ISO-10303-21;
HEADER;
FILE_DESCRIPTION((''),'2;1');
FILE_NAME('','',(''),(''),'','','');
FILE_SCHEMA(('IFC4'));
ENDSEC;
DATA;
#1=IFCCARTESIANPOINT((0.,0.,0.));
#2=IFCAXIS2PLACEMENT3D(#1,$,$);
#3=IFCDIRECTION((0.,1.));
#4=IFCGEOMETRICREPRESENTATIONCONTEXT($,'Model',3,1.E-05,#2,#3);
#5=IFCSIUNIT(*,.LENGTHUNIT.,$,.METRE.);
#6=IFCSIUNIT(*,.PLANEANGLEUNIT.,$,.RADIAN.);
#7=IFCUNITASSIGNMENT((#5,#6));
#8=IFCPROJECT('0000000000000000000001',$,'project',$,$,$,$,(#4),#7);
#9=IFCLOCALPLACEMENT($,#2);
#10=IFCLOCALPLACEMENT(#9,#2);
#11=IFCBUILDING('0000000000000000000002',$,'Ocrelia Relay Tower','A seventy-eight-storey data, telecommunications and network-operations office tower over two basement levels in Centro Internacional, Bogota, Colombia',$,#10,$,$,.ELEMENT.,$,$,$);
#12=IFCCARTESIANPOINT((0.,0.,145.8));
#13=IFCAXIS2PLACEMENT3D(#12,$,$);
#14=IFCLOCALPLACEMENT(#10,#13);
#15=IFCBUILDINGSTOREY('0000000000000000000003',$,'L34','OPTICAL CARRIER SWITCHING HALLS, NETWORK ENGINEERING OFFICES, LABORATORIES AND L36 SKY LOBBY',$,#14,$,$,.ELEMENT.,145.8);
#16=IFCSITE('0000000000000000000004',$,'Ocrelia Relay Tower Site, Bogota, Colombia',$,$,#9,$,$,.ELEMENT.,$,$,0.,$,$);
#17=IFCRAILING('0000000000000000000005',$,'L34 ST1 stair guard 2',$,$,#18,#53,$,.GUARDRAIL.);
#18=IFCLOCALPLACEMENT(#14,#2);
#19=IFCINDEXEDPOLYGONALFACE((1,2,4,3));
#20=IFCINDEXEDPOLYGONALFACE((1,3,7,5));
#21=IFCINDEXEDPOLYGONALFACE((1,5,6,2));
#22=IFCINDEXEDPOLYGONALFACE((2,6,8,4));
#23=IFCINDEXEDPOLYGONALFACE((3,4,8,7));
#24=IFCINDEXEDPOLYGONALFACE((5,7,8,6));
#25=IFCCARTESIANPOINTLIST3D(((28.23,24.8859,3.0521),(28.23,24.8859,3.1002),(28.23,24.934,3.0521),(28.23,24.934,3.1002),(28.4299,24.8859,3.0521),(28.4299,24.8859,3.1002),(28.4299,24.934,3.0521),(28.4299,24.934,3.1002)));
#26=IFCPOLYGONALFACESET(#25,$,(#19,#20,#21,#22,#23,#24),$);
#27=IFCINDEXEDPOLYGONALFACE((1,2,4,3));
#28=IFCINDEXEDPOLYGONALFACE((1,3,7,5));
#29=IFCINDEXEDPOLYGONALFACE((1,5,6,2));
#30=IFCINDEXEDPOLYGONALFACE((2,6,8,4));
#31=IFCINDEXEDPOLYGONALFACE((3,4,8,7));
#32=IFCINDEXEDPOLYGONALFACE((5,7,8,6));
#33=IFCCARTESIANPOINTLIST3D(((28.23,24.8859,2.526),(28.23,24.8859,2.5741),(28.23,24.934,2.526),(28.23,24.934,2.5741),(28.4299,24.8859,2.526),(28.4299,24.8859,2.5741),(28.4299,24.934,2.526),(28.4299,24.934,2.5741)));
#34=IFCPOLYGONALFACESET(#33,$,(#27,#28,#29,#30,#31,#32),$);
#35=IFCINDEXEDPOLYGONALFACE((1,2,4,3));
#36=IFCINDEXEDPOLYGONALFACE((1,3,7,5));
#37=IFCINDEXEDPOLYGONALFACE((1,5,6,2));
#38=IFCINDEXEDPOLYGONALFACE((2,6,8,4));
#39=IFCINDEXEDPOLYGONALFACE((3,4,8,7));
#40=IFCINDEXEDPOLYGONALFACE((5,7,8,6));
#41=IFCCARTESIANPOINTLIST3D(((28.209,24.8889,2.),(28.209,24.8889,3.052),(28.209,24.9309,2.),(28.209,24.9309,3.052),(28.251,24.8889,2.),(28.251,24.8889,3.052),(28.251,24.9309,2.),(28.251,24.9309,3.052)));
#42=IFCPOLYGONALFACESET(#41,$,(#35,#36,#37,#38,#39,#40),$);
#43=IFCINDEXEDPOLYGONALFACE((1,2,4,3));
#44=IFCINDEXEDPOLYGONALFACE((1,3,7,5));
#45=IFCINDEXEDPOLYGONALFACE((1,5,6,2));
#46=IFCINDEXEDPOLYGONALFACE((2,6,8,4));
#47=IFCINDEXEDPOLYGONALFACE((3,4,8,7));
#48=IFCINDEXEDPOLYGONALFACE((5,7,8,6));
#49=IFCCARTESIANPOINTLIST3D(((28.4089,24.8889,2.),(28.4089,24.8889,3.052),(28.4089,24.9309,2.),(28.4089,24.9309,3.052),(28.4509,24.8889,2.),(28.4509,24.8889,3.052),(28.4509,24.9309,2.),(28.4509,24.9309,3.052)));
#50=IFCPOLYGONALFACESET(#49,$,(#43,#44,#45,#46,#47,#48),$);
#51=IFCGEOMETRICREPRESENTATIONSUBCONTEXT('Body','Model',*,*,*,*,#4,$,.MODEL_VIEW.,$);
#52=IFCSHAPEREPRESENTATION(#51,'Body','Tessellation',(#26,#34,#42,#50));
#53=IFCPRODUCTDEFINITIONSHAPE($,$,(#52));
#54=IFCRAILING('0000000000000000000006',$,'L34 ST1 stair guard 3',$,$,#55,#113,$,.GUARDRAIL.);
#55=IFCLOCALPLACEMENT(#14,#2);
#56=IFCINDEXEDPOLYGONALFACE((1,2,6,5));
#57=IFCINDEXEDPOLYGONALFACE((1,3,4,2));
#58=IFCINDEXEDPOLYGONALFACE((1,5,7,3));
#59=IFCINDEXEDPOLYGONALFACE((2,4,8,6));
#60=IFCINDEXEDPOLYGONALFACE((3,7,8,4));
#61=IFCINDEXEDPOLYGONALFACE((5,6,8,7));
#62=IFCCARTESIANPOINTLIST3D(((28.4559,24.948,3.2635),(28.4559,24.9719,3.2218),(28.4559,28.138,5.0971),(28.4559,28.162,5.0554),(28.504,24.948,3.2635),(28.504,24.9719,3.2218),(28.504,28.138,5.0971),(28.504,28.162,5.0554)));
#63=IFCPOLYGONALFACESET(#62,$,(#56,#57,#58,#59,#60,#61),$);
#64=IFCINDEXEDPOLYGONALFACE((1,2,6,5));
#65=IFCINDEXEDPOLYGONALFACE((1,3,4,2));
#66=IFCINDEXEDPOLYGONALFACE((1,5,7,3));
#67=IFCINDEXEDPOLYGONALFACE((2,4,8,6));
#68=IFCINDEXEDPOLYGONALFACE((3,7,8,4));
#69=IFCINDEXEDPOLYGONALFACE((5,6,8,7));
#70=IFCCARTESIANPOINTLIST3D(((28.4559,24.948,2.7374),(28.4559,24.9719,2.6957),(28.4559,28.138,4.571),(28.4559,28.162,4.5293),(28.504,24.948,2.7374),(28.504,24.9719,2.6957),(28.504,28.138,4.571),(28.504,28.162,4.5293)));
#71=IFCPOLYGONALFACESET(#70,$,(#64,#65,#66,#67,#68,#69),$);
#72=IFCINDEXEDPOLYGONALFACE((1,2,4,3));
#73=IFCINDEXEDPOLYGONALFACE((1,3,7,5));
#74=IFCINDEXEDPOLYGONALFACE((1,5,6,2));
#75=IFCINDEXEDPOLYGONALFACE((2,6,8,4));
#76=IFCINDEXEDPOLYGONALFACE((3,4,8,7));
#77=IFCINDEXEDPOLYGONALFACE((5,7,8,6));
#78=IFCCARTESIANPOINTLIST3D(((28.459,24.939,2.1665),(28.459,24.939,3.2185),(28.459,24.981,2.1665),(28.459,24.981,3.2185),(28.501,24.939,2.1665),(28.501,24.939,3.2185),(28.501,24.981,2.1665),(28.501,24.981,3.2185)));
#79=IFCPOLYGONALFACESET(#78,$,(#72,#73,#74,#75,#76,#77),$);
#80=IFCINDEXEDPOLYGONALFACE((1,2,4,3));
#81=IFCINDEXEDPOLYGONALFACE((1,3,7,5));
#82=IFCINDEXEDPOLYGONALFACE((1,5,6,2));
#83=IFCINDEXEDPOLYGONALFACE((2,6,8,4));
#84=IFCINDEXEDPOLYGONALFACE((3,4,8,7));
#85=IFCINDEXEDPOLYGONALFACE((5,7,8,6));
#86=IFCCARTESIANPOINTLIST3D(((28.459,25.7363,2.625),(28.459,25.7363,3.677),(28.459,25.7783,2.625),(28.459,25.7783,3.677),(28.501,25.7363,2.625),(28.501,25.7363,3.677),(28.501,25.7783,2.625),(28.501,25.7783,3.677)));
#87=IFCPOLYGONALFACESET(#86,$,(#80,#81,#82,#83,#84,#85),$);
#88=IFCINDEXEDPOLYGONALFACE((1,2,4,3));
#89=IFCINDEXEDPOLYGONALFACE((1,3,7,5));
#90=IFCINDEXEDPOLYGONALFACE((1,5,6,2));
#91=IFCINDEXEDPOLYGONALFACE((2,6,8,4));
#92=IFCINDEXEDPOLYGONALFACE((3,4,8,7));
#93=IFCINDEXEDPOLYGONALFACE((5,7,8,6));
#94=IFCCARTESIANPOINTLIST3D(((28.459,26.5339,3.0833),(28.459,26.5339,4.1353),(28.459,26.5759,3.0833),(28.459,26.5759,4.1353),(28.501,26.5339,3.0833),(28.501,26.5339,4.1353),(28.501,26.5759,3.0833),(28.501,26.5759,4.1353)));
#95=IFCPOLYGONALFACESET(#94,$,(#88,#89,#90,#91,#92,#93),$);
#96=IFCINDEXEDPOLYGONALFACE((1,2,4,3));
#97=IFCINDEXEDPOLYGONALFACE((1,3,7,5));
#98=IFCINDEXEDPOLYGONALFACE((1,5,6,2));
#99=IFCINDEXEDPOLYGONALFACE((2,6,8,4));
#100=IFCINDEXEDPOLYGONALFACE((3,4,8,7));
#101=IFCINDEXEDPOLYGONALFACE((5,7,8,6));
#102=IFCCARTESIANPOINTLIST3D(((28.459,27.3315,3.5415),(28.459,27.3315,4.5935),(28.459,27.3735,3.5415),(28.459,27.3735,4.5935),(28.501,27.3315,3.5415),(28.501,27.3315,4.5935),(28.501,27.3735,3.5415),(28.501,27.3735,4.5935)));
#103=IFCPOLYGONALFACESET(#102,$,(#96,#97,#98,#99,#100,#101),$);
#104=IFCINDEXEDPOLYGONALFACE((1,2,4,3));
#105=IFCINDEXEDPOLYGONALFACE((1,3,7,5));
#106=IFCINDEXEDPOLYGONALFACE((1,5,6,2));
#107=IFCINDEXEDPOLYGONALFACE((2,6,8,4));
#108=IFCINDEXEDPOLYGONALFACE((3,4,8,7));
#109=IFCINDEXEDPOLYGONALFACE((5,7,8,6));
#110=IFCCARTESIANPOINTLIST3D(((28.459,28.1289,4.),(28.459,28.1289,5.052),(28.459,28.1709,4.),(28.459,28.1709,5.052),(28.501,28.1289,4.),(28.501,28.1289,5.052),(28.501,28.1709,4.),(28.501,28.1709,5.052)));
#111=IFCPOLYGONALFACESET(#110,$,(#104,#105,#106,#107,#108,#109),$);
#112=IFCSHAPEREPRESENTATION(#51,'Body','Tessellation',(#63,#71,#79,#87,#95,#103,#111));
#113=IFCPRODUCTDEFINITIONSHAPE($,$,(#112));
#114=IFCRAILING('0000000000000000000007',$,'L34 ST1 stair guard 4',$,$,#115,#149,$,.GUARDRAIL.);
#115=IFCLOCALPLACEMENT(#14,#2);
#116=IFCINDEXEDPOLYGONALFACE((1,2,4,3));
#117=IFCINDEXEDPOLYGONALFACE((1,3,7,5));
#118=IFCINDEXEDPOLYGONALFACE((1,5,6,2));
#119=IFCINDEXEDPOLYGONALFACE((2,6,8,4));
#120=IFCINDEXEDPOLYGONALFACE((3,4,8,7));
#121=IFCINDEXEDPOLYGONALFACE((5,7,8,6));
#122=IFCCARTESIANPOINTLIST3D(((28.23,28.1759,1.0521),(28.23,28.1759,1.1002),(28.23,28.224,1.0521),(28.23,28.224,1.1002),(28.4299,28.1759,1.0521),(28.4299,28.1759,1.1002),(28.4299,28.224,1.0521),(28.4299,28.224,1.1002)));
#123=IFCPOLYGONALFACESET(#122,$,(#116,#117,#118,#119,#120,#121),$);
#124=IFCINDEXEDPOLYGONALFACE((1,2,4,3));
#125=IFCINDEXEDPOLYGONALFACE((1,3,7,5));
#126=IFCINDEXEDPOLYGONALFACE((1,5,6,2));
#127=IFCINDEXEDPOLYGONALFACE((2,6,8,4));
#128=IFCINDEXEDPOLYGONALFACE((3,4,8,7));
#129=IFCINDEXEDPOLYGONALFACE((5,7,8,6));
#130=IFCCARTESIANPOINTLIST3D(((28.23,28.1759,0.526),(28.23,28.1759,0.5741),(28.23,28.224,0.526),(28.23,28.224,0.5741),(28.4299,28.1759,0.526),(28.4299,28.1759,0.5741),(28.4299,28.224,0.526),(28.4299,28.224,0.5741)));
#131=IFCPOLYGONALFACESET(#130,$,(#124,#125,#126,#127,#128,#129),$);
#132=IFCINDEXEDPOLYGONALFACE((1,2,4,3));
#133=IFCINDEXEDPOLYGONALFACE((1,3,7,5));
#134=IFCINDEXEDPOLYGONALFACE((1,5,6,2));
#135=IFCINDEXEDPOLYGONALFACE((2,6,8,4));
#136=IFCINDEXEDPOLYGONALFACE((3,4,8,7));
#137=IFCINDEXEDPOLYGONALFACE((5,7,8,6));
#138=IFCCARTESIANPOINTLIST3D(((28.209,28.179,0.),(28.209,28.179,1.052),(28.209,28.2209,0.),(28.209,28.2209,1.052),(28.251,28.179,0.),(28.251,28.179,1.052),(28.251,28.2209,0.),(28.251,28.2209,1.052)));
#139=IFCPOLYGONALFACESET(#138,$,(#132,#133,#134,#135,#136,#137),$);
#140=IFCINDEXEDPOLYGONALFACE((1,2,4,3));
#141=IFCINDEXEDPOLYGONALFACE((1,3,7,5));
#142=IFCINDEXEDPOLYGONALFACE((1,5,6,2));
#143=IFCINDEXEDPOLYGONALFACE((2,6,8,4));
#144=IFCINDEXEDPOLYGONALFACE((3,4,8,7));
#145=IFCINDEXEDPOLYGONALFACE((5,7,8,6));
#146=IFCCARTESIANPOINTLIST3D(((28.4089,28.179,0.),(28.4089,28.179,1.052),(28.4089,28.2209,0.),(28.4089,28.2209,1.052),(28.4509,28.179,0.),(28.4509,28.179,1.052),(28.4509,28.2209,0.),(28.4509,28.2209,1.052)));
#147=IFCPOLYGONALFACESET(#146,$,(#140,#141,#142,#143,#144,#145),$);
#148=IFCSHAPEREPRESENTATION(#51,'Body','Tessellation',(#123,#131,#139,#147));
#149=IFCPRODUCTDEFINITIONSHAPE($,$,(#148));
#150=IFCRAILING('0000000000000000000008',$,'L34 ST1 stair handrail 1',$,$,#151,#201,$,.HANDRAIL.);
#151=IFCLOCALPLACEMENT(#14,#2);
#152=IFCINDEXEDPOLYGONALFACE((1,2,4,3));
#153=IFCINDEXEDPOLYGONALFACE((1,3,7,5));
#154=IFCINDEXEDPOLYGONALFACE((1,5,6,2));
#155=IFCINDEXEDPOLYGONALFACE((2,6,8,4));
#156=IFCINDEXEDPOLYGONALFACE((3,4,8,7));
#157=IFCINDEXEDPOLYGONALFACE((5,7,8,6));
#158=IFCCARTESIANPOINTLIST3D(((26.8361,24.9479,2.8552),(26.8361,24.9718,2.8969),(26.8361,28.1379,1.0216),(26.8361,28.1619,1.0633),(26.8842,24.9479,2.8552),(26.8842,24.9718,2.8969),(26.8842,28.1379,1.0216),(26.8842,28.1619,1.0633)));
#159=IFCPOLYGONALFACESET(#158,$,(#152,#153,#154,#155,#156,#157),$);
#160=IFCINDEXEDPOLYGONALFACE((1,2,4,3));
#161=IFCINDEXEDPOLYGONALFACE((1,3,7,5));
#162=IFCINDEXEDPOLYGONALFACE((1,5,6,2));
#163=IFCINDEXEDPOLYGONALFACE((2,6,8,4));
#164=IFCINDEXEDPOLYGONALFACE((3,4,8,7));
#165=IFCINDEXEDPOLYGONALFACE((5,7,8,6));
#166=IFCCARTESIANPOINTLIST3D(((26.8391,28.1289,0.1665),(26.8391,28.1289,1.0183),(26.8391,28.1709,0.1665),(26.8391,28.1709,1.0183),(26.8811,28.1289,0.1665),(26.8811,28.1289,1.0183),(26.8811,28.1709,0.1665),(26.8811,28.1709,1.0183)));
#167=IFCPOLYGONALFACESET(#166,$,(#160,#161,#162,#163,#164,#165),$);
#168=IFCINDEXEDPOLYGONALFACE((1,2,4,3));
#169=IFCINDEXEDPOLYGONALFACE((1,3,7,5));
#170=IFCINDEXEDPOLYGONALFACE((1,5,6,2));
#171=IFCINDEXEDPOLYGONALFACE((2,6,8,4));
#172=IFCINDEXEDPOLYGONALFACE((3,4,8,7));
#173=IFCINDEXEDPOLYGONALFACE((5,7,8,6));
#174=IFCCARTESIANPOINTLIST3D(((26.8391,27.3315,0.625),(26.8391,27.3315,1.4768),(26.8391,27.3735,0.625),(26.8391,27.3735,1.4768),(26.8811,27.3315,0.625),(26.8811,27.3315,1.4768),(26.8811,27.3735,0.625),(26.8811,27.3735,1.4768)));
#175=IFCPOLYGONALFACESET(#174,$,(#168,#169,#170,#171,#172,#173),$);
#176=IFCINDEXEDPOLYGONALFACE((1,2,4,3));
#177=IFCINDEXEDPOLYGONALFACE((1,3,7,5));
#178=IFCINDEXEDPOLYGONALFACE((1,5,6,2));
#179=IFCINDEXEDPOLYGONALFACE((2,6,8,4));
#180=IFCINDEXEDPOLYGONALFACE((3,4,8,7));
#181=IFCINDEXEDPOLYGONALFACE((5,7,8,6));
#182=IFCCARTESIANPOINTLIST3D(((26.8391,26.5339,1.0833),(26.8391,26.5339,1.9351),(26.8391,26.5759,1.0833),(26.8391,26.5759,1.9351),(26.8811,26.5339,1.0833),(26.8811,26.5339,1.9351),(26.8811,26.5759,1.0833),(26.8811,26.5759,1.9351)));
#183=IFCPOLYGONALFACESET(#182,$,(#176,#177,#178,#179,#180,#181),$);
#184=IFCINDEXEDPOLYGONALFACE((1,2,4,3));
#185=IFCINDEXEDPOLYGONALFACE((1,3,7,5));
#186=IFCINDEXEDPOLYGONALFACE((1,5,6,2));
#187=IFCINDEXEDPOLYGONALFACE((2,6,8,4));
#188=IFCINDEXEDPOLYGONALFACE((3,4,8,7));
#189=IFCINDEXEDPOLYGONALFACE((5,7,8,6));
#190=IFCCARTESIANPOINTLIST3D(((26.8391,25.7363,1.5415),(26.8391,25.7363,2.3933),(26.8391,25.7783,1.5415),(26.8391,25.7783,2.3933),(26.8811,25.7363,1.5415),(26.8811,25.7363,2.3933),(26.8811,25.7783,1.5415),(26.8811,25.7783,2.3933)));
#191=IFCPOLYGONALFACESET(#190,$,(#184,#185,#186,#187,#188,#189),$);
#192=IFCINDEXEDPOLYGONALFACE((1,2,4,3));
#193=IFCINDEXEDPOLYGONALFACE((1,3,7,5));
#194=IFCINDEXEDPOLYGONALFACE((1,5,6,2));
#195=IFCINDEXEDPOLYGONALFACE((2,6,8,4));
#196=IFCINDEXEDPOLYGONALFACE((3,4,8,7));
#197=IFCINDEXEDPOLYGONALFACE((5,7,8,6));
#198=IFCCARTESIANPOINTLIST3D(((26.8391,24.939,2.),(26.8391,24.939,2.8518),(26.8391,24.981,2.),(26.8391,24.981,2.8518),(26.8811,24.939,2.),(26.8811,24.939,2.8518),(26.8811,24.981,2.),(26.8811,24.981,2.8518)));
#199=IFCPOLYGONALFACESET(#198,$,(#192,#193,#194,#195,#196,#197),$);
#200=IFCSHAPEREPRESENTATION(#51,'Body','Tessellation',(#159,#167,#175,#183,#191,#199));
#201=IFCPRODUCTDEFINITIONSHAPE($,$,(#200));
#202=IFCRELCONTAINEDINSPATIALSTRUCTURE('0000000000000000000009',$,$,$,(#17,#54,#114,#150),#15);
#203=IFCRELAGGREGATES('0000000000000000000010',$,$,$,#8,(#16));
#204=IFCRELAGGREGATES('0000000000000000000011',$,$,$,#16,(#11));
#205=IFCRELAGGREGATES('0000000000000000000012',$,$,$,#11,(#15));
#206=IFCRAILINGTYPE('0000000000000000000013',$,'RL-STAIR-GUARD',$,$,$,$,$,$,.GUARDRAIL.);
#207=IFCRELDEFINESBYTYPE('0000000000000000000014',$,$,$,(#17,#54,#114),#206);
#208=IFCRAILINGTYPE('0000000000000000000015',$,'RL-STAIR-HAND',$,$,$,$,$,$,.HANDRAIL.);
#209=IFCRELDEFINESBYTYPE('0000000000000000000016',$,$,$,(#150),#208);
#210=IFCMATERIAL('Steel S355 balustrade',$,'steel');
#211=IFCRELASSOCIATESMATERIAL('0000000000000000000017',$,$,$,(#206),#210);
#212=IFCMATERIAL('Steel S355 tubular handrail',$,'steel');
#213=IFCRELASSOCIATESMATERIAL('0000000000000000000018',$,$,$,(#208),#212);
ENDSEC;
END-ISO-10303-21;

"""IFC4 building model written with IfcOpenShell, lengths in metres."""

from ifc_helpers import new_model, si_unit, direction, frame, origin, origin_2d, place, context, subcontext, project, spatial, rectangle, extrude, material, type_object, element, save


model = new_model("IFC4")

# Units and contexts
model_context = context("Model", 3, precision=1e-05, world=origin(), true_north=direction((0.0, 1.0)))
body_context = subcontext(model_context, "Body", "Model", "MODEL_VIEW")
ifc_project = project(units=[si_unit("LENGTHUNIT", "METRE"), si_unit("PLANEANGLEUNIT", "RADIAN")], contexts=[model_context])

# Site, building, storey
site_placement = place(None, origin())
site = spatial("IfcSite", under=ifc_project, at=site_placement, Name="Ocrelia Relay Tower Site, Bogota, Colombia", CompositionType="ELEMENT", RefElevation=0.0)
building_placement = place(site_placement, origin())
building = spatial("IfcBuilding", under=site, at=building_placement, Name="Ocrelia Relay Tower", Description="A seventy-eight-storey data, telecommunications and network-operations office tower over two basement levels in Centro Internacional, Bogota, Colombia", CompositionType="ELEMENT")
storey_placement = place(building_placement, frame((0.0, 0.0, 145.8)))
storey = spatial("IfcBuildingStorey", under=building, at=storey_placement, Name="L34", Description="OPTICAL CARRIER SWITCHING HALLS, NETWORK ENGINEERING OFFICES, LABORATORIES AND L36 SKY LOBBY", CompositionType="ELEMENT", Elevation=145.8)

# Railings
ifc_material_1 = material(Name="Steel S355 balustrade", Category="steel")
railing_type_1 = type_object("IfcRailingType", Name="RL-STAIR-GUARD", PredefinedType="GUARDRAIL", material=ifc_material_1)
railing_1_placement = place(storey_placement, frame((28.23, 24.9099, 2.0)))
element("IfcRailing", 1, at=railing_1_placement, inside=storey, type_object=railing_type_1, Name="L34 ST1 stair guard 2", PredefinedType="GUARDRAIL", context=body_context, shape_type="SweptSolid", body=[
    extrude(rectangle(XDim=0.0481, YDim=0.0481, at=origin_2d()), frame((0.0, 0.0, 1.0762), z_axis=(1.0, 0.0, 0.0), x_axis=(0.0, 1.0, 0.0)), (0.0, 0.0, 1.0), 0.2),
    extrude(rectangle(XDim=0.0481, YDim=0.0481, at=origin_2d()), frame((0.0, 0.0, 0.55), z_axis=(1.0, 0.0, 0.0), x_axis=(0.0, 1.0, 0.0)), (0.0, 0.0, 1.0), 0.2),
    extrude(rectangle(XDim=0.042, YDim=0.042, at=origin_2d()), origin(), (0.0, 0.0, 1.0), 1.052),
    extrude(rectangle(XDim=0.042, YDim=0.042, at=origin_2d()), frame((0.2, 0.0, 0.0)), (0.0, 0.0, 1.0), 1.052),
])
railing_2_placement = place(storey_placement, frame((28.48, 24.96, 2.1665)))
element("IfcRailing", 2, at=railing_2_placement, inside=storey, type_object=railing_type_1, Name="L34 ST1 stair guard 3", PredefinedType="GUARDRAIL", context=body_context, shape_type="SweptSolid", body=[
    extrude(rectangle(XDim=0.0481, YDim=0.0481, at=origin_2d()), frame((0.0, 0.0, 1.0762), z_axis=(0.0, 0.866991, 0.498324), x_axis=(-1.0, 0.0, 0.0)), (0.0, 0.0, 1.0), 3.6794),
    extrude(rectangle(XDim=0.0481, YDim=0.0481, at=origin_2d()), frame((0.0, 0.0, 0.55), z_axis=(0.0, 0.866991, 0.498324), x_axis=(-1.0, 0.0, 0.0)), (0.0, 0.0, 1.0), 3.6794),
    extrude(rectangle(XDim=0.042, YDim=0.042, at=origin_2d()), origin(), (0.0, 0.0, 1.0), 1.052),
    extrude(rectangle(XDim=0.042, YDim=0.042, at=origin_2d()), frame((0.0, 0.7974, 0.4585)), (0.0, 0.0, 1.0), 1.052),
    extrude(rectangle(XDim=0.042, YDim=0.042, at=origin_2d()), frame((0.0, 1.595, 0.9167)), (0.0, 0.0, 1.0), 1.052),
    extrude(rectangle(XDim=0.042, YDim=0.042, at=origin_2d()), frame((0.0, 2.3926, 1.375)), (0.0, 0.0, 1.0), 1.052),
    extrude(rectangle(XDim=0.042, YDim=0.042, at=origin_2d()), frame((0.0, 3.1899, 1.8335)), (0.0, 0.0, 1.0), 1.052),
])
railing_3_placement = place(storey_placement, frame((28.23, 28.2, 0.0)))
element("IfcRailing", 3, at=railing_3_placement, inside=storey, type_object=railing_type_1, Name="L34 ST1 stair guard 4", PredefinedType="GUARDRAIL", context=body_context, shape_type="SweptSolid", body=[
    extrude(rectangle(XDim=0.0481, YDim=0.0481, at=origin_2d()), frame((0.0, 0.0, 1.0762), z_axis=(1.0, 0.0, 0.0), x_axis=(0.0, 1.0, 0.0)), (0.0, 0.0, 1.0), 0.2),
    extrude(rectangle(XDim=0.0481, YDim=0.0481, at=origin_2d()), frame((0.0, 0.0, 0.55), z_axis=(1.0, 0.0, 0.0), x_axis=(0.0, 1.0, 0.0)), (0.0, 0.0, 1.0), 0.2),
    extrude(rectangle(XDim=0.042, YDim=0.042, at=origin_2d()), origin(), (0.0, 0.0, 1.0), 1.052),
    extrude(rectangle(XDim=0.042, YDim=0.042, at=origin_2d()), frame((0.2, 0.0, 0.0)), (0.0, 0.0, 1.0), 1.052),
])
ifc_material_2 = material(Name="Steel S355 tubular handrail", Category="steel")
railing_type_2 = type_object("IfcRailingType", Name="RL-STAIR-HAND", PredefinedType="HANDRAIL", material=ifc_material_2)
railing_4_placement = place(storey_placement, frame((26.8601, 28.1499, 0.1665)))
element("IfcRailing", 4, at=railing_4_placement, inside=storey, type_object=railing_type_2, Name="L34 ST1 stair handrail 1", PredefinedType="HANDRAIL", context=body_context, shape_type="SweptSolid", body=[
    extrude(rectangle(XDim=0.0481, YDim=0.0481, at=origin_2d()), frame((0.0, 0.0, 0.876), z_axis=(0.0, -0.866991, 0.498324), x_axis=(1.0, 0.0, 0.0)), (0.0, 0.0, 1.0), 3.6794),
    extrude(rectangle(XDim=0.042, YDim=0.042, at=origin_2d()), origin(), (0.0, 0.0, 1.0), 0.8518),
    extrude(rectangle(XDim=0.042, YDim=0.042, at=origin_2d()), frame((0.0, -0.7974, 0.4585)), (0.0, 0.0, 1.0), 0.8518),
    extrude(rectangle(XDim=0.042, YDim=0.042, at=origin_2d()), frame((0.0, -1.595, 0.9167)), (0.0, 0.0, 1.0), 0.8518),
    extrude(rectangle(XDim=0.042, YDim=0.042, at=origin_2d()), frame((0.0, -2.3926, 1.375)), (0.0, 0.0, 1.0), 0.8518),
    extrude(rectangle(XDim=0.042, YDim=0.042, at=origin_2d()), frame((0.0, -3.1899, 1.8335)), (0.0, 0.0, 1.0), 0.8518),
])

save(model, "model.ifc")
